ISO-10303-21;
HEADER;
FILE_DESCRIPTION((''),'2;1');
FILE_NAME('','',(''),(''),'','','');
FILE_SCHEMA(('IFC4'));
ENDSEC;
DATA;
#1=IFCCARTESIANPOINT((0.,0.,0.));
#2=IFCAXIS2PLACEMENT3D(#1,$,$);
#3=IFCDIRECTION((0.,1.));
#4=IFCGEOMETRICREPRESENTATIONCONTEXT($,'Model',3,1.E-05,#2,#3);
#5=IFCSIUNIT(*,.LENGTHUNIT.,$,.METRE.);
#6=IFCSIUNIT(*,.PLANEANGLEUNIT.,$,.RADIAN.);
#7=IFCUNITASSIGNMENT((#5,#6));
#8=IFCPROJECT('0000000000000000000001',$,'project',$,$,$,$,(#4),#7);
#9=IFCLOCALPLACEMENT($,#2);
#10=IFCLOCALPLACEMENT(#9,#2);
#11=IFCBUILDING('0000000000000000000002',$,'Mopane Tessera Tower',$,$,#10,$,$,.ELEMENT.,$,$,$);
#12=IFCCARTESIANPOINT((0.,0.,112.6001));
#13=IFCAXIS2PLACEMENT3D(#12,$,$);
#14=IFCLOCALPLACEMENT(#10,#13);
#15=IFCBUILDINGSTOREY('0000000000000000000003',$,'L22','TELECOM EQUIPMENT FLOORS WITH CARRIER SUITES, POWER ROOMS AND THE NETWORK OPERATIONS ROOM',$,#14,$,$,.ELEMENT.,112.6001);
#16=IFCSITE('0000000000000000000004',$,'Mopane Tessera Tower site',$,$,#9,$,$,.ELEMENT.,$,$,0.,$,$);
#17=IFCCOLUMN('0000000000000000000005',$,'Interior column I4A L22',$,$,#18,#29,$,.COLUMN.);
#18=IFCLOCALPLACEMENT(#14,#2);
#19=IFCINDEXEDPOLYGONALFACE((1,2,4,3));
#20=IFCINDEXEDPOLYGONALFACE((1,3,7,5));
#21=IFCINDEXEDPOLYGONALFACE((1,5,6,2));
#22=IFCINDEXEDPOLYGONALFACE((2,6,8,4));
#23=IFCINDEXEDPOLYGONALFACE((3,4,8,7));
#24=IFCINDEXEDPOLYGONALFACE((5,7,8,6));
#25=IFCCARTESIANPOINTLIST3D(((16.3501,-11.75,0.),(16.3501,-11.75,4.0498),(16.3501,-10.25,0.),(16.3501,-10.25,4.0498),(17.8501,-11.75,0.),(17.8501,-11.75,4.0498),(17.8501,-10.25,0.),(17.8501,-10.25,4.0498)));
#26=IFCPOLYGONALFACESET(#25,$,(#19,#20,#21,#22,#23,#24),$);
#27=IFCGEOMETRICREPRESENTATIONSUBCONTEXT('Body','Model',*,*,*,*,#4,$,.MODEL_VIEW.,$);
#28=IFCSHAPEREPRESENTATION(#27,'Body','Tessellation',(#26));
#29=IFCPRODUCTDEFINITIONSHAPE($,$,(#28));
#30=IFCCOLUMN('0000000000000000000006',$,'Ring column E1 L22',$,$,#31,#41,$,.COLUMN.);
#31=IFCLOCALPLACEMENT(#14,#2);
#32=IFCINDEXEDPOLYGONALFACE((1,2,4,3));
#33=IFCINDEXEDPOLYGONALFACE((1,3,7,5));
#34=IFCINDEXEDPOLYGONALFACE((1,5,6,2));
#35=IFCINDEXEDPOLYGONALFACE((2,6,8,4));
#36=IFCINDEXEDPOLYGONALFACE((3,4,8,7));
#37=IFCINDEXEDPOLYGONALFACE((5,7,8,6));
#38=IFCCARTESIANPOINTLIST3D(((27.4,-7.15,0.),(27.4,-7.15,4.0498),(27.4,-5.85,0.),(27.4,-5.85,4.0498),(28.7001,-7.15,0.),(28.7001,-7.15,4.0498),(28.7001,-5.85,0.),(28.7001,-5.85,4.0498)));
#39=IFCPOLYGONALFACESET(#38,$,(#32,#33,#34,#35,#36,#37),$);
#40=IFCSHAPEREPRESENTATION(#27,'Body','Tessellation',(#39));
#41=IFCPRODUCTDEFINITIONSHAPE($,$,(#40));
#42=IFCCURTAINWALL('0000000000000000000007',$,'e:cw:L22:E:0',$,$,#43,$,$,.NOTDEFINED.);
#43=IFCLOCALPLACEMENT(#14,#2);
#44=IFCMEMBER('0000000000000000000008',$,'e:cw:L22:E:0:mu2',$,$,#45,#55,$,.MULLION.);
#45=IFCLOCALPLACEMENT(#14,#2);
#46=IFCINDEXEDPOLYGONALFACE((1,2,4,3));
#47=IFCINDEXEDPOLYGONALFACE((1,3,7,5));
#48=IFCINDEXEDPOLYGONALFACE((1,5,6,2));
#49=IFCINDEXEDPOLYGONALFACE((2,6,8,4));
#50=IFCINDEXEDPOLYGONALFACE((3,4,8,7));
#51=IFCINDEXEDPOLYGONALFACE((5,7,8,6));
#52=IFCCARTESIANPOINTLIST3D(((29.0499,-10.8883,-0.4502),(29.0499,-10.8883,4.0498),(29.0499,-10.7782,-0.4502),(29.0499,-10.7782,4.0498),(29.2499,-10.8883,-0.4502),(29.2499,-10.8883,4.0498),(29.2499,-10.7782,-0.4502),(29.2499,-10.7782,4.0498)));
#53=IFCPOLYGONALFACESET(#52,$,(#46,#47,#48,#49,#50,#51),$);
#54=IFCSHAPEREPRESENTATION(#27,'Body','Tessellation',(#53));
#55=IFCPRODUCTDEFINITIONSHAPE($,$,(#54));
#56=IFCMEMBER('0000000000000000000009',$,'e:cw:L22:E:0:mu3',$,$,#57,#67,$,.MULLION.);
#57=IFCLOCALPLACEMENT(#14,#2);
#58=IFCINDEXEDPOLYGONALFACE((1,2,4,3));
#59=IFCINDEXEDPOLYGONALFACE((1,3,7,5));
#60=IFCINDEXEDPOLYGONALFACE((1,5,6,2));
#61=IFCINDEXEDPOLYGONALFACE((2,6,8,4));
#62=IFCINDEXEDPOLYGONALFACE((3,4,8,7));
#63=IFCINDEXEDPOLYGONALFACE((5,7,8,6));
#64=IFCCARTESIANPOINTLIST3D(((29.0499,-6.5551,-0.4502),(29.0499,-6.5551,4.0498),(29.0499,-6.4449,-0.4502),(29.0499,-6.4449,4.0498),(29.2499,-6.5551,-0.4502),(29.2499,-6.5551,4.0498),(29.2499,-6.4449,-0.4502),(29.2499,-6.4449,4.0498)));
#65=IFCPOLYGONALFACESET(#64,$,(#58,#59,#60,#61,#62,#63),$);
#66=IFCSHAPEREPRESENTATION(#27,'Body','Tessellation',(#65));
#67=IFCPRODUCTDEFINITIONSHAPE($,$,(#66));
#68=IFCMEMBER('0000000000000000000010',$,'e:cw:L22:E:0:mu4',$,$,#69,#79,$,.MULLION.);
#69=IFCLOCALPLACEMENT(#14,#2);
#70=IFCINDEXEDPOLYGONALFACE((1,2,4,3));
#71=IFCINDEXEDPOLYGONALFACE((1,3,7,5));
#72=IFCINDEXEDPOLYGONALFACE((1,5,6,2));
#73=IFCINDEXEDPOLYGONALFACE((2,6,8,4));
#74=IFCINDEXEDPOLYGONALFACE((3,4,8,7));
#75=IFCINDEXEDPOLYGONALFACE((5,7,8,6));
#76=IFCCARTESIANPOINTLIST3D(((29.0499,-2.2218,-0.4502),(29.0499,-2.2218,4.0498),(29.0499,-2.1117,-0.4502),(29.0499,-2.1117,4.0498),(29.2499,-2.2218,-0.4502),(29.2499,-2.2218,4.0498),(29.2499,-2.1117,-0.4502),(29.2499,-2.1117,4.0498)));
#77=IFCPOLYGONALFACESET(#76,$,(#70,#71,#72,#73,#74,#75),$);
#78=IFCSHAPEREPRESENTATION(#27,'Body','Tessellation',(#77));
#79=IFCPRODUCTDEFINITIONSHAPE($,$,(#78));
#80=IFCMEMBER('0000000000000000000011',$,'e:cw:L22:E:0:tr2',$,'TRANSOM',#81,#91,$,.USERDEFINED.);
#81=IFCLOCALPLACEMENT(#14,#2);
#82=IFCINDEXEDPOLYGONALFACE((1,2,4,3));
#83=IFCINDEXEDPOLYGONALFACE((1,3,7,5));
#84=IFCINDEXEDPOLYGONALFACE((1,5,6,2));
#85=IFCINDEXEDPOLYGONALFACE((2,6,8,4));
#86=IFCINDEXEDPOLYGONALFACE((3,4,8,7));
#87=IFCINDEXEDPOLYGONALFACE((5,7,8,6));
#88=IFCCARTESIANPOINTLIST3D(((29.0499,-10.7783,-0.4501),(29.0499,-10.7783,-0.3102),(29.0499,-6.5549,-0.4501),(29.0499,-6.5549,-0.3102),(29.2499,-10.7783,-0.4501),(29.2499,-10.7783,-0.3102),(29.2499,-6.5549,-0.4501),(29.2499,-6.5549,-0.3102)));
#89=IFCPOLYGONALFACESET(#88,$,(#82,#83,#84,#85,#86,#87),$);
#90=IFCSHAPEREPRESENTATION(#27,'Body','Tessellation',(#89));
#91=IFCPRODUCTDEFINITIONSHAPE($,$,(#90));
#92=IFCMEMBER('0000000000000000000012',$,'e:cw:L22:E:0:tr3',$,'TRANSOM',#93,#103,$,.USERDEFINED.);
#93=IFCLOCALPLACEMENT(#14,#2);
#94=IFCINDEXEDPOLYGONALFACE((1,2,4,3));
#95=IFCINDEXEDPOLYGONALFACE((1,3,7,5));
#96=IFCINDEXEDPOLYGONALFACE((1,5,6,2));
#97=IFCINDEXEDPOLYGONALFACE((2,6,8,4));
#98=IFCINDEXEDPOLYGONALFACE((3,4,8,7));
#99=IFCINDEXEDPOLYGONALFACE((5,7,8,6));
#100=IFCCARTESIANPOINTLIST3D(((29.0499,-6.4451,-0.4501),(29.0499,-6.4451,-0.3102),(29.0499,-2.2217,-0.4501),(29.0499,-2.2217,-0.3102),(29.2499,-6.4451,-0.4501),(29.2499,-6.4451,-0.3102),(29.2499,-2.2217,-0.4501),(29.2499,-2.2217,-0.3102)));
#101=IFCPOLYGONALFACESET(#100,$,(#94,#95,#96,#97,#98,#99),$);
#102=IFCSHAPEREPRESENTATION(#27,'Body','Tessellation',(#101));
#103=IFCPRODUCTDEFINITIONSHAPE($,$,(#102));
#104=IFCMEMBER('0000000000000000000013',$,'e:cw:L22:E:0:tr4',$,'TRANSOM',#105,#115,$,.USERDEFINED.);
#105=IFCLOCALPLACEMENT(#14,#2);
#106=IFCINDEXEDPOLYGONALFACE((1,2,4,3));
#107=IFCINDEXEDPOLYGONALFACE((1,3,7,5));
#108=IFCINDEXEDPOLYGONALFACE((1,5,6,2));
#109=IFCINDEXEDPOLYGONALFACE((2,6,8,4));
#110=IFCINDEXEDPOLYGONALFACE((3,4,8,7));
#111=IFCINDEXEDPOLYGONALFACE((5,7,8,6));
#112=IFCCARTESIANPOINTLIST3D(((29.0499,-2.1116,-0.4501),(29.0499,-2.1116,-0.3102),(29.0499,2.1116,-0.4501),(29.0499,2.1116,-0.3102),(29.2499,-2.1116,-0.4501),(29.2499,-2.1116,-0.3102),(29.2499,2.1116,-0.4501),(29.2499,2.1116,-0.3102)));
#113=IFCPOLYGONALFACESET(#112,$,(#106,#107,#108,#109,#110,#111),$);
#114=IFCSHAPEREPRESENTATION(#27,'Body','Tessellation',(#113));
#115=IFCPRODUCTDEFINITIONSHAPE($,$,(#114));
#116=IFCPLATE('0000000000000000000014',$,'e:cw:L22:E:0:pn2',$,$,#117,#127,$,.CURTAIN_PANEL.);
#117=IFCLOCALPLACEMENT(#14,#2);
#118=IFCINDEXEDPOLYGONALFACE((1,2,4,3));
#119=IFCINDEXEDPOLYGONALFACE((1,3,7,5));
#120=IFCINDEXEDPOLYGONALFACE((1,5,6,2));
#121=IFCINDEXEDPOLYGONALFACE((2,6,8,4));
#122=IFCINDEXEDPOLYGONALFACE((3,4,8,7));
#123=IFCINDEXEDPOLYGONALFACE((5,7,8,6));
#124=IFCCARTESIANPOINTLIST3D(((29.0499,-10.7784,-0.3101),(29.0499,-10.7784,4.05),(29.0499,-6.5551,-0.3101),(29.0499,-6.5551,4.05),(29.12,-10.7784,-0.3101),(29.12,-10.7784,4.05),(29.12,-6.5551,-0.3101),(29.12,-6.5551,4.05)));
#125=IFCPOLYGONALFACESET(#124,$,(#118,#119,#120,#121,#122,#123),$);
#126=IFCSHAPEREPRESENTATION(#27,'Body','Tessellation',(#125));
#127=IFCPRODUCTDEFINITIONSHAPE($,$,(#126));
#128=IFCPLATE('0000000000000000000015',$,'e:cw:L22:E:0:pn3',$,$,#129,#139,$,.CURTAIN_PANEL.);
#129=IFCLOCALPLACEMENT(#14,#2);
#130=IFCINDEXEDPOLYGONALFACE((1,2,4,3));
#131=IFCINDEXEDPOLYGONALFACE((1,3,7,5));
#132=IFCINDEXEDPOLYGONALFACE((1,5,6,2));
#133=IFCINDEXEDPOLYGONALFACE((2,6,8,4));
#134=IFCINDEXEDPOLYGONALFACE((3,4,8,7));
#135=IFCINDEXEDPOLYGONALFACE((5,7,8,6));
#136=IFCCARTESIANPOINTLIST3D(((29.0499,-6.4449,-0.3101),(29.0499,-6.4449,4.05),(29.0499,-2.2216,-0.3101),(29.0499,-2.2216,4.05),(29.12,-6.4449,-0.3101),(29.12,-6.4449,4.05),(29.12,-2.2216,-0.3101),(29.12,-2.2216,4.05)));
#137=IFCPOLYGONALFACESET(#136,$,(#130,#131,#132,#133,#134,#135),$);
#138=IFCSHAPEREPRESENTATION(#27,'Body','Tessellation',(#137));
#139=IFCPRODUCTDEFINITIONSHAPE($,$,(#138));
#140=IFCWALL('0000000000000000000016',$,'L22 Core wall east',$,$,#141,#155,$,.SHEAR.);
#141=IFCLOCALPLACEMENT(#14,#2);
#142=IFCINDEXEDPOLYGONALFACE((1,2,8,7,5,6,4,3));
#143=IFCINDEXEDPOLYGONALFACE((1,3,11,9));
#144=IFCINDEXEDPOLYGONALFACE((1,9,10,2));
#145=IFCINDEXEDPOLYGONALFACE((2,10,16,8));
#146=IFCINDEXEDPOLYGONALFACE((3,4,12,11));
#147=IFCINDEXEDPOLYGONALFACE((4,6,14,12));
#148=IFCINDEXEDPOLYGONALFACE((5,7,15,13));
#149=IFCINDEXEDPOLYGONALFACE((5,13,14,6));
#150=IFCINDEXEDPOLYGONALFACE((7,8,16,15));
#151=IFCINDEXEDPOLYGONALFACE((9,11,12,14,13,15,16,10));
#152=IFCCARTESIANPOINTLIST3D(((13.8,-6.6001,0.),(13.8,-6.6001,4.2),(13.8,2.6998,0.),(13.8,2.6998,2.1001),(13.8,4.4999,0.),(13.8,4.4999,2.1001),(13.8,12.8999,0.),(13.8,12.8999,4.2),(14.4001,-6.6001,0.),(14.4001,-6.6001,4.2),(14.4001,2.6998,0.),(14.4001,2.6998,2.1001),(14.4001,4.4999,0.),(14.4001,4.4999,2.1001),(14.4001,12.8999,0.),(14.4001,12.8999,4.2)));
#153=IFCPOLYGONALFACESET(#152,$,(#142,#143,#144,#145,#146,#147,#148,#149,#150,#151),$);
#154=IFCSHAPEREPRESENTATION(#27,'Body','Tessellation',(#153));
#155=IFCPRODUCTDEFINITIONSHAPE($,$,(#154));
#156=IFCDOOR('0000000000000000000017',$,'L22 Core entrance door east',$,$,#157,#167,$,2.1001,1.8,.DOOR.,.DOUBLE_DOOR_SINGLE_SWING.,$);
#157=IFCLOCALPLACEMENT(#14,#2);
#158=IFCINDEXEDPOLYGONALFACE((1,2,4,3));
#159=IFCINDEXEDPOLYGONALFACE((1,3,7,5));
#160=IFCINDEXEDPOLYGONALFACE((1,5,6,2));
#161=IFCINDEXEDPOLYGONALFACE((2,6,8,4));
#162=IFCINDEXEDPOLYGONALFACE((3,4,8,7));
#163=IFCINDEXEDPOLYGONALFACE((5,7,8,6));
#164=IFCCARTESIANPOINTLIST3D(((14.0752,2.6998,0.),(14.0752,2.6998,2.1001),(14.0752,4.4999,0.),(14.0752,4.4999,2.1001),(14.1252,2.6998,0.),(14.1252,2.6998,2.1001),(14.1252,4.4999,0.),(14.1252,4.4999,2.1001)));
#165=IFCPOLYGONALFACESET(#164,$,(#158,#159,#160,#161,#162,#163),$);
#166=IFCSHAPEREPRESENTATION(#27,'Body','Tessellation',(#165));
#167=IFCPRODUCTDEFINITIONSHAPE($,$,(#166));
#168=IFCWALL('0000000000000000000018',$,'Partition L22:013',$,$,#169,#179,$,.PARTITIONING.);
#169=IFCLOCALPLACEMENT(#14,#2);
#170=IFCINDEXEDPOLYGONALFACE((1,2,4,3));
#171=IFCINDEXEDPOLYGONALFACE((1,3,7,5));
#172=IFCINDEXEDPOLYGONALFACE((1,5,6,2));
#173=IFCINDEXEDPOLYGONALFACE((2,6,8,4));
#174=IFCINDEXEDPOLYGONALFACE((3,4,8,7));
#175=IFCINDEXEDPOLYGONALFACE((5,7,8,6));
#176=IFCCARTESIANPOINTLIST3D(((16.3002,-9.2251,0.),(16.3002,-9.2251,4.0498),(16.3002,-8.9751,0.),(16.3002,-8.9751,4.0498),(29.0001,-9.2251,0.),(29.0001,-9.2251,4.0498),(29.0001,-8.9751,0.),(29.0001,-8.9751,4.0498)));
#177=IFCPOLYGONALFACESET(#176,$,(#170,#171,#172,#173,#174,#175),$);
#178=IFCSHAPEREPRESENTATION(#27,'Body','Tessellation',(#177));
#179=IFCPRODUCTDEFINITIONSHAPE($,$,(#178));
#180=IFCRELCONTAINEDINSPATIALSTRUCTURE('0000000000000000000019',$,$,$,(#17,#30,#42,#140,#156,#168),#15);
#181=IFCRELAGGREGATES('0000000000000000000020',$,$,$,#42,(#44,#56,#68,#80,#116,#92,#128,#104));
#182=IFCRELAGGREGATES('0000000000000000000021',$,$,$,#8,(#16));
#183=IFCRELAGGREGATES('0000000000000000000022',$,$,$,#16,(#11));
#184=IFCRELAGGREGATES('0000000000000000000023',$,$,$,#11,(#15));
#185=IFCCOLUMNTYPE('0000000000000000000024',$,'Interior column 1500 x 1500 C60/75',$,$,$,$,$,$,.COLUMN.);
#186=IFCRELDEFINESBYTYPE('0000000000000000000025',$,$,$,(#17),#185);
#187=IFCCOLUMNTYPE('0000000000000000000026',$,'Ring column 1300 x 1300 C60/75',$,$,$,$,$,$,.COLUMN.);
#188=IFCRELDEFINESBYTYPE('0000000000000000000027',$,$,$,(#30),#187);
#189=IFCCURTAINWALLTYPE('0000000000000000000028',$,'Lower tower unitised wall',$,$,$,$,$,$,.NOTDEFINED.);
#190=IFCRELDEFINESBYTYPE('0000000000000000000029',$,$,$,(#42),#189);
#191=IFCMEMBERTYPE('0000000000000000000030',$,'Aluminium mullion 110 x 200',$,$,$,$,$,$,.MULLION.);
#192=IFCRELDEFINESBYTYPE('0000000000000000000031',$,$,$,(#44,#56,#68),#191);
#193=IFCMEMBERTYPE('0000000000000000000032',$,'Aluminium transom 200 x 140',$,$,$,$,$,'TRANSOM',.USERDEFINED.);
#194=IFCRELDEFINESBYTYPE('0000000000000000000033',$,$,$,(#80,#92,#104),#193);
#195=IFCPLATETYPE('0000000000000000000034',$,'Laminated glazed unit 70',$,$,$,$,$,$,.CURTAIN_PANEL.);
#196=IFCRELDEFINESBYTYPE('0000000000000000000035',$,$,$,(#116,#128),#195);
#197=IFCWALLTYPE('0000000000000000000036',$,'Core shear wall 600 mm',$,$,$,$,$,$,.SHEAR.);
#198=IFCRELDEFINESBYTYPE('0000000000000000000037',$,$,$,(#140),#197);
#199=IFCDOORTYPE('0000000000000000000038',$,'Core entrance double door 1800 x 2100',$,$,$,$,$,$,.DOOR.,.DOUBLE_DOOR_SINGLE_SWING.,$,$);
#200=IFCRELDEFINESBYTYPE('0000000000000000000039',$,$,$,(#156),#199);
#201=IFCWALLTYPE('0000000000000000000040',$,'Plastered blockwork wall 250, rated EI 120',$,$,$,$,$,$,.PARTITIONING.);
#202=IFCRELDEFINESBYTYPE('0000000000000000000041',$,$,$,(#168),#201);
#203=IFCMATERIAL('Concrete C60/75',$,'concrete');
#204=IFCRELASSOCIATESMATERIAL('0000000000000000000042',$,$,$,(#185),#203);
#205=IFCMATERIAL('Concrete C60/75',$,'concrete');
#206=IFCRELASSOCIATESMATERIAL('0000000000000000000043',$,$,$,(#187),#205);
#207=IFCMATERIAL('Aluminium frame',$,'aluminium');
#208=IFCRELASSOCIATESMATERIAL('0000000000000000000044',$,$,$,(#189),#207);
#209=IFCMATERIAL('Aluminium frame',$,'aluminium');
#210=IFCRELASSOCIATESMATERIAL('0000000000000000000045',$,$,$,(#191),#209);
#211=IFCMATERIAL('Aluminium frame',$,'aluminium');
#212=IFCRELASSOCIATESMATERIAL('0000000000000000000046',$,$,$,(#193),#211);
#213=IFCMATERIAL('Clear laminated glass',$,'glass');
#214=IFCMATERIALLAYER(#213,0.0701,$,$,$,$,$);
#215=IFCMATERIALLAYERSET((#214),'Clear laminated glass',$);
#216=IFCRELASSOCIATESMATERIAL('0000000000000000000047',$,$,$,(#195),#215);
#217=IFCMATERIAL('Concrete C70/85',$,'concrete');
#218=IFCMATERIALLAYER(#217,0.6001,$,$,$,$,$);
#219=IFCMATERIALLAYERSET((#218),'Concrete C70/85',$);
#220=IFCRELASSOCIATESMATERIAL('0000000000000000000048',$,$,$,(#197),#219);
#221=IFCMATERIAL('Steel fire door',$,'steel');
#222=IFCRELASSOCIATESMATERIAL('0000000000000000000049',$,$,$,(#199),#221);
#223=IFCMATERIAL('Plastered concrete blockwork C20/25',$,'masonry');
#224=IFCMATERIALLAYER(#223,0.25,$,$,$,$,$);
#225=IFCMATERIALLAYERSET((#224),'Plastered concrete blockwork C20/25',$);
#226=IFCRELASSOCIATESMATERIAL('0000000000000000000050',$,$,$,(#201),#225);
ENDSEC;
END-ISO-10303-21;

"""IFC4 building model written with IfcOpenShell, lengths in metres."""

from ifc_helpers import new_model, si_unit, direction, frame, frame_2d, origin, origin_2d, place, context, subcontext, project, spatial, rectangle, extrude, material, layer, layer_set, material_profile, profile_set, type_object, element, fill, aggregate, save


model = new_model("IFC4")

# Units and contexts
model_context = context("Model", 3, precision=1e-05, world=origin(), true_north=direction((0.0, 1.0)))
body_context = subcontext(model_context, "Body", "Model", "MODEL_VIEW")
ifc_project = project(units=[si_unit("LENGTHUNIT", "METRE"), si_unit("PLANEANGLEUNIT", "RADIAN")], contexts=[model_context])

# Site, building, storey
site_placement = place(None, origin())
site = spatial("IfcSite", under=ifc_project, at=site_placement, Name="Mopane Tessera Tower site", CompositionType="ELEMENT", RefElevation=0.0)
building_placement = place(site_placement, origin())
building = spatial("IfcBuilding", under=site, at=building_placement, Name="Mopane Tessera Tower", CompositionType="ELEMENT")
storey_placement = place(building_placement, frame((0.0, 0.0, 112.6001)))
storey = spatial("IfcBuildingStorey", under=building, at=storey_placement, Name="L22", Description="TELECOM EQUIPMENT FLOORS WITH CARRIER SUITES, POWER ROOMS AND THE NETWORK OPERATIONS ROOM", CompositionType="ELEMENT", Elevation=112.6001)

# Columns
ifc_material_1 = material(Name="Concrete C60/75", Category="concrete")
ifc_material_profile_1 = material_profile(ifc_material_1, rectangle(XDim=1.5, YDim=1.5, at=origin_2d()))
ifc_profile_set_1 = profile_set([ifc_material_profile_1], Name="Concrete C60/75")
column_type_1 = type_object("IfcColumnType", Name="Interior column 1500 x 1500 C60/75", PredefinedType="COLUMN", material=ifc_profile_set_1)
column_1_placement = place(storey_placement, frame((17.1001, -11.0, 0.0), z_axis=(0.0, 0.0, 1.0), x_axis=(1.0, 0.0, 0.0)))
element("IfcColumn", 1, at=column_1_placement, inside=storey, type_object=column_type_1, Name="Interior column I4A L22", PredefinedType="COLUMN", context=body_context, shape_type="SweptSolid", body=[
    extrude(rectangle(XDim=1.5, YDim=1.5, at=origin_2d()), origin(), (0.0, 0.0, 1.0), 4.0498),
])
ifc_material_2 = material(Name="Concrete C60/75", Category="concrete")
ifc_material_profile_2 = material_profile(ifc_material_2, rectangle(XDim=1.3, YDim=1.3, at=origin_2d()))
ifc_profile_set_2 = profile_set([ifc_material_profile_2], Name="Concrete C60/75")
column_type_2 = type_object("IfcColumnType", Name="Ring column 1300 x 1300 C60/75", PredefinedType="COLUMN", material=ifc_profile_set_2)
column_2_placement = place(storey_placement, frame((28.05, -6.5, 0.0), z_axis=(0.0, 0.0, 1.0), x_axis=(1.0, 0.0, 0.0)))
element("IfcColumn", 2, at=column_2_placement, inside=storey, type_object=column_type_2, Name="Ring column E1 L22", PredefinedType="COLUMN", context=body_context, shape_type="SweptSolid", body=[
    extrude(rectangle(XDim=1.3, YDim=1.3, at=origin_2d()), origin(), (0.0, 0.0, 1.0), 4.0498),
])

# Curtain wall, members, plates
ifc_material_3 = material(Name="Aluminium frame", Category="aluminium")
curtain_wall_type = type_object("IfcCurtainWallType", Name="Lower tower unitised wall", PredefinedType="NOTDEFINED", material=ifc_material_3)
curtain_wall_placement = place(storey_placement, origin())
curtain_wall = element("IfcCurtainWall", 3, at=curtain_wall_placement, inside=storey, type_object=curtain_wall_type, Name="e:cw:L22:E:0", PredefinedType="NOTDEFINED")
ifc_material_4 = material(Name="Aluminium frame", Category="aluminium")
ifc_material_profile_3 = material_profile(ifc_material_4, rectangle(XDim=0.1101, YDim=0.2, at=origin_2d()))
ifc_profile_set_3 = profile_set([ifc_material_profile_3], Name="Aluminium frame")
member_type_1 = type_object("IfcMemberType", Name="Aluminium mullion 110 x 200", PredefinedType="MULLION", material=ifc_profile_set_3)
member_1_placement = place(storey_placement, frame((29.1499, -10.8333, -0.4502), z_axis=(0.0, 0.0, 1.0), x_axis=(0.0, 1.0, 0.0)))
member_1 = element("IfcMember", 4, at=member_1_placement, type_object=member_type_1, Name="e:cw:L22:E:0:mu2", PredefinedType="MULLION", context=body_context, shape_type="SweptSolid", body=[
    extrude(rectangle(XDim=0.1101, YDim=0.2, at=origin_2d()), origin(), (0.0, 0.0, 1.0), 4.5),
])
member_2_placement = place(storey_placement, frame((29.1499, -6.5, -0.4502), z_axis=(0.0, 0.0, 1.0), x_axis=(0.0, 1.0, 0.0)))
member_2 = element("IfcMember", 5, at=member_2_placement, type_object=member_type_1, Name="e:cw:L22:E:0:mu3", PredefinedType="MULLION", context=body_context, shape_type="SweptSolid", body=[
    extrude(rectangle(XDim=0.1101, YDim=0.2, at=origin_2d()), origin(), (0.0, 0.0, 1.0), 4.5),
])
member_3_placement = place(storey_placement, frame((29.1499, -2.1667, -0.4502), z_axis=(0.0, 0.0, 1.0), x_axis=(0.0, 1.0, 0.0)))
member_3 = element("IfcMember", 6, at=member_3_placement, type_object=member_type_1, Name="e:cw:L22:E:0:mu4", PredefinedType="MULLION", context=body_context, shape_type="SweptSolid", body=[
    extrude(rectangle(XDim=0.1101, YDim=0.2, at=origin_2d()), origin(), (0.0, 0.0, 1.0), 4.5),
])
ifc_material_5 = material(Name="Aluminium frame", Category="aluminium")
ifc_material_profile_4 = material_profile(ifc_material_5, rectangle(XDim=0.2, YDim=0.1399, at=origin_2d()))
ifc_profile_set_4 = profile_set([ifc_material_profile_4], Name="Aluminium frame")
member_type_2 = type_object("IfcMemberType", Name="Aluminium transom 200 x 140", ElementType="TRANSOM", PredefinedType="USERDEFINED", material=ifc_profile_set_4)
member_4_placement = place(storey_placement, frame((29.1499, -10.7783, -0.3801), z_axis=(0.0, 1.0, 0.0), x_axis=(-1.0, 0.0, 0.0)))
member_4 = element("IfcMember", 7, at=member_4_placement, type_object=member_type_2, Name="e:cw:L22:E:0:tr2", ObjectType="TRANSOM", PredefinedType="USERDEFINED", context=body_context, shape_type="SweptSolid", body=[
    extrude(rectangle(XDim=0.2, YDim=0.1399, at=origin_2d()), origin(), (0.0, 0.0, 1.0), 4.2234),
])
member_5_placement = place(storey_placement, frame((29.1499, -6.4451, -0.3801), z_axis=(0.0, 1.0, 0.0), x_axis=(-1.0, 0.0, 0.0)))
member_5 = element("IfcMember", 8, at=member_5_placement, type_object=member_type_2, Name="e:cw:L22:E:0:tr3", ObjectType="TRANSOM", PredefinedType="USERDEFINED", context=body_context, shape_type="SweptSolid", body=[
    extrude(rectangle(XDim=0.2, YDim=0.1399, at=origin_2d()), origin(), (0.0, 0.0, 1.0), 4.2234),
])
member_6_placement = place(storey_placement, frame((29.1499, -2.1116, -0.3801), z_axis=(0.0, 1.0, 0.0), x_axis=(-1.0, 0.0, 0.0)))
member_6 = element("IfcMember", 9, at=member_6_placement, type_object=member_type_2, Name="e:cw:L22:E:0:tr4", ObjectType="TRANSOM", PredefinedType="USERDEFINED", context=body_context, shape_type="SweptSolid", body=[
    extrude(rectangle(XDim=0.2, YDim=0.1399, at=origin_2d()), origin(), (0.0, 0.0, 1.0), 4.2231),
])
ifc_material_6 = material(Name="Clear laminated glass", Category="glass")
ifc_layer_1 = layer(ifc_material_6, 0.0701)
ifc_layer_set_1 = layer_set([ifc_layer_1], Name="Clear laminated glass")
plate_type = type_object("IfcPlateType", Name="Laminated glazed unit 70", PredefinedType="CURTAIN_PANEL", material=ifc_layer_set_1)
plate_1_placement = place(storey_placement, frame((29.085, -8.6667, -0.3101), z_axis=(0.0, 0.0, 1.0), x_axis=(0.0, 1.0, 0.0)))
plate_1 = element("IfcPlate", 10, at=plate_1_placement, type_object=plate_type, Name="e:cw:L22:E:0:pn2", PredefinedType="CURTAIN_PANEL", context=body_context, shape_type="SweptSolid", body=[
    extrude(rectangle(XDim=4.2234, YDim=0.0701, at=origin_2d()), origin(), (0.0, 0.0, 1.0), 4.3601),
])
plate_2_placement = place(storey_placement, frame((29.085, -4.3333, -0.3101), z_axis=(0.0, 0.0, 1.0), x_axis=(0.0, 1.0, 0.0)))
plate_2 = element("IfcPlate", 11, at=plate_2_placement, type_object=plate_type, Name="e:cw:L22:E:0:pn3", PredefinedType="CURTAIN_PANEL", context=body_context, shape_type="SweptSolid", body=[
    extrude(rectangle(XDim=4.2234, YDim=0.0701, at=origin_2d()), origin(), (0.0, 0.0, 1.0), 4.3601),
])
aggregate(curtain_wall, [member_1, member_2, member_3, member_4, plate_1, member_5, plate_2, member_6])

# Wall, opening, door
ifc_material_7 = material(Name="Concrete C70/85", Category="concrete")
ifc_layer_2 = layer(ifc_material_7, 0.6001)
ifc_layer_set_2 = layer_set([ifc_layer_2], Name="Concrete C70/85")
wall_type_1 = type_object("IfcWallType", Name="Core shear wall 600 mm", PredefinedType="SHEAR", material=ifc_layer_set_2)
wall_1_placement = place(storey_placement, frame((14.1001, -6.6001, 0.0), z_axis=(0.0, 0.0, 1.0), x_axis=(0.0, 1.0, 0.0)))
wall_1 = element("IfcWall", 12, at=wall_1_placement, inside=storey, type_object=wall_type_1, Name="L22 Core wall east", PredefinedType="SHEAR", context=body_context, shape_type="SweptSolid", body=[
    extrude(rectangle(XDim=19.5, YDim=0.6001, at=frame_2d((9.75, 0.0))), origin(), (0.0, 0.0, 1.0), 4.2),
])
opening_1_placement = place(wall_1_placement, frame((9.3, 0.0, 0.0)))
opening_1 = element("IfcOpeningElement", 13, at=opening_1_placement, cuts=wall_1, PredefinedType="OPENING", context=body_context, shape_type="SweptSolid", body=[
    extrude(rectangle(XDim=1.8, YDim=2.1001, at=frame_2d((0.8999, 1.05))), frame((0.0, 0.312, 0.0), z_axis=(0.0, -1.0, 0.0), x_axis=(1.0, 0.0, 0.0)), (0.0, 0.0, 1.0), 0.624),
])
ifc_material_8 = material(Name="Steel fire door", Category="steel")
door_type_1 = type_object("IfcDoorType", Name="Core entrance double door 1800 x 2100", OperationType="DOUBLE_DOOR_SINGLE_SWING", PredefinedType="DOOR", material=ifc_material_8)
door_1_placement = place(opening_1_placement, origin())
door_1 = element("IfcDoor", 14, at=door_1_placement, inside=storey, type_object=door_type_1, Name="L22 Core entrance door east", OperationType="DOUBLE_DOOR_SINGLE_SWING", OverallHeight=2.1001, OverallWidth=1.8, PredefinedType="DOOR", context=body_context, shape_type="SweptSolid", body=[
    extrude(rectangle(XDim=1.8, YDim=2.1001, at=frame_2d((0.8999, 1.05))), frame((0.0, 0.0249, 0.0), z_axis=(0.0, -1.0, 0.0), x_axis=(1.0, 0.0, 0.0)), (0.0, 0.0, 1.0), 0.05),
])
fill(opening_1, door_1)

# Wall
ifc_material_9 = material(Name="Plastered concrete blockwork C20/25", Category="masonry")
ifc_layer_3 = layer(ifc_material_9, 0.25)
ifc_layer_set_3 = layer_set([ifc_layer_3], Name="Plastered concrete blockwork C20/25")
wall_type_2 = type_object("IfcWallType", Name="Plastered blockwork wall 250, rated EI 120", PredefinedType="PARTITIONING", material=ifc_layer_set_3)
wall_2_placement = place(storey_placement, frame((16.3, -9.1001, 0.0), z_axis=(0.0, 0.0, 1.0), x_axis=(1.0, 0.0, 0.0)))
element("IfcWall", 15, at=wall_2_placement, inside=storey, type_object=wall_type_2, Name="Partition L22:013", PredefinedType="PARTITIONING", context=body_context, shape_type="SweptSolid", body=[
    extrude(rectangle(XDim=12.7, YDim=0.25, at=frame_2d((6.3501, 0.0))), origin(), (0.0, 0.0, 1.0), 4.0498),
])

save(model, "model.ifc")
